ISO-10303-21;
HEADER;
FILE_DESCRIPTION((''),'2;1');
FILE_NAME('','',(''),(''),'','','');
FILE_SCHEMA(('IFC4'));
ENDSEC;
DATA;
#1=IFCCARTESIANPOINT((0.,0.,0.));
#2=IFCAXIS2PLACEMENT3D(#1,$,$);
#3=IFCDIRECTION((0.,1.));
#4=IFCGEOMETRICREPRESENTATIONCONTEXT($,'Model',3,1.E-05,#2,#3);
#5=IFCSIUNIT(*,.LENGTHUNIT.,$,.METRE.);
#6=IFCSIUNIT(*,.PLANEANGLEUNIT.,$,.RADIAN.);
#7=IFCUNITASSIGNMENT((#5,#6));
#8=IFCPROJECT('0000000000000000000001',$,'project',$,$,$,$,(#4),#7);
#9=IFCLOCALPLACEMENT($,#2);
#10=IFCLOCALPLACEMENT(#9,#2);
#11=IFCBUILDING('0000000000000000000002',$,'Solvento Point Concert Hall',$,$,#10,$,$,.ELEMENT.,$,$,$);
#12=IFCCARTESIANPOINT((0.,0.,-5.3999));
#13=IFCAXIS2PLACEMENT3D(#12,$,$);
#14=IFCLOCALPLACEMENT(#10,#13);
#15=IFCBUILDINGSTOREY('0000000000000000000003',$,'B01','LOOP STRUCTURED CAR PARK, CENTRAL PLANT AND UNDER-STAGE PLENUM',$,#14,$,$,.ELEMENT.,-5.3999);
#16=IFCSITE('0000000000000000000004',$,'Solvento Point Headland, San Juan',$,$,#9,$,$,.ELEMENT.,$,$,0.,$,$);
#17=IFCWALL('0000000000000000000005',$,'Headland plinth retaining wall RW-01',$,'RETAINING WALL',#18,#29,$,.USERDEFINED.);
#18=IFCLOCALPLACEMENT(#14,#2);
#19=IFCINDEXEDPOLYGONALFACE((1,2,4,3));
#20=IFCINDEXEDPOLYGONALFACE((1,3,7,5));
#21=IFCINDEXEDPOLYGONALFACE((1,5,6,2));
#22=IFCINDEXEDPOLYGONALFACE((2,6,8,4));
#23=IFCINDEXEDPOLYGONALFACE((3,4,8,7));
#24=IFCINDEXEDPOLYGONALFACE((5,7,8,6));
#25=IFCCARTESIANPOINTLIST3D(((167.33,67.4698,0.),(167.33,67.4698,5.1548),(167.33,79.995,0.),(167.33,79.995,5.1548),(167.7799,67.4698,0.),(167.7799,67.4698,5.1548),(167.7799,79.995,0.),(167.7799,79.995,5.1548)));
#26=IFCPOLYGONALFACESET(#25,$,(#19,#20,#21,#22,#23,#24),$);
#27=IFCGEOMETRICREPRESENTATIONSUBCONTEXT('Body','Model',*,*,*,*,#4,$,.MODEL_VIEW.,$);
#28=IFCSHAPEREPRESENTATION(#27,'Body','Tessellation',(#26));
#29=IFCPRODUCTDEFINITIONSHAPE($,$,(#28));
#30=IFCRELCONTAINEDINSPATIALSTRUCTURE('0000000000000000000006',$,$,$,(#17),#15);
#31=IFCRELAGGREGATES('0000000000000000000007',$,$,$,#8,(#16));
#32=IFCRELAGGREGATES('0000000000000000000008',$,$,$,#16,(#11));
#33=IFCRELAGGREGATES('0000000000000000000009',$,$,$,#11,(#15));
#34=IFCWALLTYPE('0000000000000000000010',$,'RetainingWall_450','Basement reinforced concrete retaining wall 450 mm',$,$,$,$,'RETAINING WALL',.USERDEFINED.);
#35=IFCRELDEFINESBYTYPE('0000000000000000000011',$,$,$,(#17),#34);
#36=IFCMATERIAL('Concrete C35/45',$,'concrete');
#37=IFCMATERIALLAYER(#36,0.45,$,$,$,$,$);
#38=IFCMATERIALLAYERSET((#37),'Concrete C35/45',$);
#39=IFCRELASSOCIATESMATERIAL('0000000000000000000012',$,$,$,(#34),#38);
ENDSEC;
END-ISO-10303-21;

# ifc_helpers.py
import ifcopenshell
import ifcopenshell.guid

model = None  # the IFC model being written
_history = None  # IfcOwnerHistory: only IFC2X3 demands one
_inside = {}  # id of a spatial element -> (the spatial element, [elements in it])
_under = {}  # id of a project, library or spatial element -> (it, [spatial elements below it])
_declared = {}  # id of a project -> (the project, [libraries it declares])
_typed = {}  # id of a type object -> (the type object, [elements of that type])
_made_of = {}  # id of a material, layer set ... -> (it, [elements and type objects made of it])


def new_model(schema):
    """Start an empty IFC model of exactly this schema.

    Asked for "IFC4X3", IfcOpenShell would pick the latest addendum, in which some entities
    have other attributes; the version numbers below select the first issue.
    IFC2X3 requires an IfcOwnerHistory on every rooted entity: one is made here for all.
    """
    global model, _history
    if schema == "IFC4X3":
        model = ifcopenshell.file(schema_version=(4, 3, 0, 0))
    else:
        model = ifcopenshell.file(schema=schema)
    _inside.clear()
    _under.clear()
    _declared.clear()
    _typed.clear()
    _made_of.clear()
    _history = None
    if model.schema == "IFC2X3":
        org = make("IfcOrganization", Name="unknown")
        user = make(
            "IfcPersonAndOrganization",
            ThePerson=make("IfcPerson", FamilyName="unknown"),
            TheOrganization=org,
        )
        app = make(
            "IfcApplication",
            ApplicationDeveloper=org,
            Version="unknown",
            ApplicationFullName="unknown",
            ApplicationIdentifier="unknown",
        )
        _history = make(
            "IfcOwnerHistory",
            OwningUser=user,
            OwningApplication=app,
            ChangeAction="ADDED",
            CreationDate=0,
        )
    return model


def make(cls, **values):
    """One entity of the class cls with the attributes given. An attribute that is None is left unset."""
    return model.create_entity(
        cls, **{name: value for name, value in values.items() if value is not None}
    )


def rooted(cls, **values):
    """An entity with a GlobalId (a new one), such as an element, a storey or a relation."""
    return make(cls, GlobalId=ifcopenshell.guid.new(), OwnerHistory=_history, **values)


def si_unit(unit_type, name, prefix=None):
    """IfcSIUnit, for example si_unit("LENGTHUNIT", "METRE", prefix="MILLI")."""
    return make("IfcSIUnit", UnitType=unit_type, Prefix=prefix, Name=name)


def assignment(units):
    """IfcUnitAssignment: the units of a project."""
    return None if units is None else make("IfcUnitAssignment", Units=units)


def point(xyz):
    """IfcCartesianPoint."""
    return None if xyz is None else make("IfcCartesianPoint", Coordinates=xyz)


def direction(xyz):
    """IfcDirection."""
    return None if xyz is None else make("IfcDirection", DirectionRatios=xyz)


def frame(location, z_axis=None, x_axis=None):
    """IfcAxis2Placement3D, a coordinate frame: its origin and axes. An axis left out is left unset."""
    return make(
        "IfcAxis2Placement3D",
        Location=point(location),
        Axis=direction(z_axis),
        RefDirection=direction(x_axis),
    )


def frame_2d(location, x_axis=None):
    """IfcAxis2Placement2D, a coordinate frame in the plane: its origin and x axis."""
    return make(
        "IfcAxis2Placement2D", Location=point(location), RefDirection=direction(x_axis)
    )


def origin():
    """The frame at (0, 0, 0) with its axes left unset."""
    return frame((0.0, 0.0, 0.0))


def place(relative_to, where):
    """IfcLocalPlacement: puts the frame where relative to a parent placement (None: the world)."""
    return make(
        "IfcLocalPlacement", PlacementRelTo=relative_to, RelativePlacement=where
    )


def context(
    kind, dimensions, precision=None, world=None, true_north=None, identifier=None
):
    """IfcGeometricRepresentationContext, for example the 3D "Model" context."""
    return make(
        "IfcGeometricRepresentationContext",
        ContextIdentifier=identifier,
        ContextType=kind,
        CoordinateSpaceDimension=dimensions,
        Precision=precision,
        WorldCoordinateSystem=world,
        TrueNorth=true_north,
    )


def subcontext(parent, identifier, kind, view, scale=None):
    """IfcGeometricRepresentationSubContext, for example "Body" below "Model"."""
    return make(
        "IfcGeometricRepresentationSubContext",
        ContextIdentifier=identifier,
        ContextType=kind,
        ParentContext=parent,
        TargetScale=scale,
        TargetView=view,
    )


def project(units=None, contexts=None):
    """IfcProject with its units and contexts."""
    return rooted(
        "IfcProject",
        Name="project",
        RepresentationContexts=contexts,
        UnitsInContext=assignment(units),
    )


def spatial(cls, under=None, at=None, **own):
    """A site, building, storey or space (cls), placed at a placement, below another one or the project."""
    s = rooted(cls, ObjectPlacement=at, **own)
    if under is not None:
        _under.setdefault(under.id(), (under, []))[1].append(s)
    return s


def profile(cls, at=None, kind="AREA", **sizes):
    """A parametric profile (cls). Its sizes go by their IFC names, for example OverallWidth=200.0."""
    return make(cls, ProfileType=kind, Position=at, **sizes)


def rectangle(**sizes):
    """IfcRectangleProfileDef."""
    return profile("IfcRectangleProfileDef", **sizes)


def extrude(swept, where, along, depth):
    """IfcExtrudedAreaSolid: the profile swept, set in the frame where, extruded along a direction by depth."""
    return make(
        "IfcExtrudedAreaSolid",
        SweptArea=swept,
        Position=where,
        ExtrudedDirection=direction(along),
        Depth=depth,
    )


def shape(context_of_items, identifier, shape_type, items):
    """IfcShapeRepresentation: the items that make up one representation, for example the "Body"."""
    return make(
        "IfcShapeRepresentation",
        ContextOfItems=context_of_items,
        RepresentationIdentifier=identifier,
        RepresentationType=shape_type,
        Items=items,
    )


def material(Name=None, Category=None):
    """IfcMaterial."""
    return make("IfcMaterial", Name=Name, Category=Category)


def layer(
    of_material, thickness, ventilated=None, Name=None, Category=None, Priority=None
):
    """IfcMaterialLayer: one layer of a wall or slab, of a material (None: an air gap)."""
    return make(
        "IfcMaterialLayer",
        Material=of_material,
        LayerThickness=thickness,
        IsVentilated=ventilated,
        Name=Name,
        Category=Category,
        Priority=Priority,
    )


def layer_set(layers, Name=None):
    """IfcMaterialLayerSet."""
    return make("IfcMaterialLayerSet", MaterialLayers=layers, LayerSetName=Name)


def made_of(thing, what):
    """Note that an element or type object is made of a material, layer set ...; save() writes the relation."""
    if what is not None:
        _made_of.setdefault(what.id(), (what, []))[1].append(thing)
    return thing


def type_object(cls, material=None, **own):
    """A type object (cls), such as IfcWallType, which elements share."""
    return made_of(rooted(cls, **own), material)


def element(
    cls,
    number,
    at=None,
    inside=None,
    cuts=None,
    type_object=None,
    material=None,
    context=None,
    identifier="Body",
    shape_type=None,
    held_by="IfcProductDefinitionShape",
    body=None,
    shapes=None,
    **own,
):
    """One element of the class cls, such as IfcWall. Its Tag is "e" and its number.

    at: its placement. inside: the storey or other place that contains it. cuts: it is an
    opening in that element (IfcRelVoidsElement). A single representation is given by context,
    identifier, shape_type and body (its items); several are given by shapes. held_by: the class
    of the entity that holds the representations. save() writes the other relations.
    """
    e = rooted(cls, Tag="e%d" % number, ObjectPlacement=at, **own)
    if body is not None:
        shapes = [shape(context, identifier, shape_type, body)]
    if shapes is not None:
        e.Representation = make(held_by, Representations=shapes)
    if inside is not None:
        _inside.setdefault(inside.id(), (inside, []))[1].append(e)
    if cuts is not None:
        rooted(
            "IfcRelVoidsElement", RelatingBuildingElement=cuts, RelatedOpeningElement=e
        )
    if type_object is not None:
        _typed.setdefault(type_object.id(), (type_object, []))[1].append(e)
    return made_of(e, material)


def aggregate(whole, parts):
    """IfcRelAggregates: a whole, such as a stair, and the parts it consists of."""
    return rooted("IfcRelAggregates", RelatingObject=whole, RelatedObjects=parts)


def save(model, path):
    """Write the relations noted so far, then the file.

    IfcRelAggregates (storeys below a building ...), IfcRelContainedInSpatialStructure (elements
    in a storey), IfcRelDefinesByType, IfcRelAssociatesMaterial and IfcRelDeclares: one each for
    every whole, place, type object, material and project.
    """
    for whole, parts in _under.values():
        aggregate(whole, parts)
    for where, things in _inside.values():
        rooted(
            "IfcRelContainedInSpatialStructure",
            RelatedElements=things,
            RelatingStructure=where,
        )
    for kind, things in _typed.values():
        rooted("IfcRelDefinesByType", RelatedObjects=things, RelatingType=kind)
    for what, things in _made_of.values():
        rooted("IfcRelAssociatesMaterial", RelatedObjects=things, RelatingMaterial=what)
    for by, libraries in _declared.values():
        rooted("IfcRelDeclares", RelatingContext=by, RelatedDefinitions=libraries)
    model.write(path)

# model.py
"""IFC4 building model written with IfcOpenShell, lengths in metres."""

from ifc_helpers import new_model, si_unit, direction, frame, frame_2d, origin, place, context, subcontext, project, spatial, rectangle, extrude, material, layer, layer_set, type_object, element, save


model = new_model("IFC4")

# Units and contexts
model_context = context("Model", 3, precision=1e-05, world=origin(), true_north=direction((0.0, 1.0)))
body_context = subcontext(model_context, "Body", "Model", "MODEL_VIEW")
ifc_project = project(units=[si_unit("LENGTHUNIT", "METRE"), si_unit("PLANEANGLEUNIT", "RADIAN")], contexts=[model_context])

# Site, building, storey
site_placement = place(None, origin())
site = spatial("IfcSite", under=ifc_project, at=site_placement, Name="Solvento Point Headland, San Juan", CompositionType="ELEMENT", RefElevation=0.0)
building_placement = place(site_placement, origin())
building = spatial("IfcBuilding", under=site, at=building_placement, Name="Solvento Point Concert Hall", CompositionType="ELEMENT")
storey_placement = place(building_placement, frame((0.0, 0.0, -5.3999)))
storey = spatial("IfcBuildingStorey", under=building, at=storey_placement, Name="B01", Description="LOOP STRUCTURED CAR PARK, CENTRAL PLANT AND UNDER-STAGE PLENUM", CompositionType="ELEMENT", Elevation=-5.3999)

# Wall
ifc_material_1 = material(Name="Concrete C35/45", Category="concrete")
ifc_layer_1 = layer(ifc_material_1, 0.45)
ifc_layer_set_1 = layer_set([ifc_layer_1], Name="Concrete C35/45")
wall_type_1 = type_object("IfcWallType", Name="RetainingWall_450", Description="Basement reinforced concrete retaining wall 450 mm", ElementType="RETAINING WALL", PredefinedType="USERDEFINED", material=ifc_layer_set_1)
wall_1_placement = place(storey_placement, frame((167.5549, 79.9951, 0.0), z_axis=(0.0, 0.0, 1.0), x_axis=(0.0, -1.0, 0.0)))
element("IfcWall", 1, at=wall_1_placement, inside=storey, type_object=wall_type_1, Name="Headland plinth retaining wall RW-01", ObjectType="RETAINING WALL", PredefinedType="USERDEFINED", context=body_context, shape_type="SweptSolid", body=[
    extrude(rectangle(XDim=12.5251, YDim=0.45, at=frame_2d((6.2627, 0.0))), origin(), (0.0, 0.0, 1.0), 5.1548),
])

save(model, "model.ifc")
